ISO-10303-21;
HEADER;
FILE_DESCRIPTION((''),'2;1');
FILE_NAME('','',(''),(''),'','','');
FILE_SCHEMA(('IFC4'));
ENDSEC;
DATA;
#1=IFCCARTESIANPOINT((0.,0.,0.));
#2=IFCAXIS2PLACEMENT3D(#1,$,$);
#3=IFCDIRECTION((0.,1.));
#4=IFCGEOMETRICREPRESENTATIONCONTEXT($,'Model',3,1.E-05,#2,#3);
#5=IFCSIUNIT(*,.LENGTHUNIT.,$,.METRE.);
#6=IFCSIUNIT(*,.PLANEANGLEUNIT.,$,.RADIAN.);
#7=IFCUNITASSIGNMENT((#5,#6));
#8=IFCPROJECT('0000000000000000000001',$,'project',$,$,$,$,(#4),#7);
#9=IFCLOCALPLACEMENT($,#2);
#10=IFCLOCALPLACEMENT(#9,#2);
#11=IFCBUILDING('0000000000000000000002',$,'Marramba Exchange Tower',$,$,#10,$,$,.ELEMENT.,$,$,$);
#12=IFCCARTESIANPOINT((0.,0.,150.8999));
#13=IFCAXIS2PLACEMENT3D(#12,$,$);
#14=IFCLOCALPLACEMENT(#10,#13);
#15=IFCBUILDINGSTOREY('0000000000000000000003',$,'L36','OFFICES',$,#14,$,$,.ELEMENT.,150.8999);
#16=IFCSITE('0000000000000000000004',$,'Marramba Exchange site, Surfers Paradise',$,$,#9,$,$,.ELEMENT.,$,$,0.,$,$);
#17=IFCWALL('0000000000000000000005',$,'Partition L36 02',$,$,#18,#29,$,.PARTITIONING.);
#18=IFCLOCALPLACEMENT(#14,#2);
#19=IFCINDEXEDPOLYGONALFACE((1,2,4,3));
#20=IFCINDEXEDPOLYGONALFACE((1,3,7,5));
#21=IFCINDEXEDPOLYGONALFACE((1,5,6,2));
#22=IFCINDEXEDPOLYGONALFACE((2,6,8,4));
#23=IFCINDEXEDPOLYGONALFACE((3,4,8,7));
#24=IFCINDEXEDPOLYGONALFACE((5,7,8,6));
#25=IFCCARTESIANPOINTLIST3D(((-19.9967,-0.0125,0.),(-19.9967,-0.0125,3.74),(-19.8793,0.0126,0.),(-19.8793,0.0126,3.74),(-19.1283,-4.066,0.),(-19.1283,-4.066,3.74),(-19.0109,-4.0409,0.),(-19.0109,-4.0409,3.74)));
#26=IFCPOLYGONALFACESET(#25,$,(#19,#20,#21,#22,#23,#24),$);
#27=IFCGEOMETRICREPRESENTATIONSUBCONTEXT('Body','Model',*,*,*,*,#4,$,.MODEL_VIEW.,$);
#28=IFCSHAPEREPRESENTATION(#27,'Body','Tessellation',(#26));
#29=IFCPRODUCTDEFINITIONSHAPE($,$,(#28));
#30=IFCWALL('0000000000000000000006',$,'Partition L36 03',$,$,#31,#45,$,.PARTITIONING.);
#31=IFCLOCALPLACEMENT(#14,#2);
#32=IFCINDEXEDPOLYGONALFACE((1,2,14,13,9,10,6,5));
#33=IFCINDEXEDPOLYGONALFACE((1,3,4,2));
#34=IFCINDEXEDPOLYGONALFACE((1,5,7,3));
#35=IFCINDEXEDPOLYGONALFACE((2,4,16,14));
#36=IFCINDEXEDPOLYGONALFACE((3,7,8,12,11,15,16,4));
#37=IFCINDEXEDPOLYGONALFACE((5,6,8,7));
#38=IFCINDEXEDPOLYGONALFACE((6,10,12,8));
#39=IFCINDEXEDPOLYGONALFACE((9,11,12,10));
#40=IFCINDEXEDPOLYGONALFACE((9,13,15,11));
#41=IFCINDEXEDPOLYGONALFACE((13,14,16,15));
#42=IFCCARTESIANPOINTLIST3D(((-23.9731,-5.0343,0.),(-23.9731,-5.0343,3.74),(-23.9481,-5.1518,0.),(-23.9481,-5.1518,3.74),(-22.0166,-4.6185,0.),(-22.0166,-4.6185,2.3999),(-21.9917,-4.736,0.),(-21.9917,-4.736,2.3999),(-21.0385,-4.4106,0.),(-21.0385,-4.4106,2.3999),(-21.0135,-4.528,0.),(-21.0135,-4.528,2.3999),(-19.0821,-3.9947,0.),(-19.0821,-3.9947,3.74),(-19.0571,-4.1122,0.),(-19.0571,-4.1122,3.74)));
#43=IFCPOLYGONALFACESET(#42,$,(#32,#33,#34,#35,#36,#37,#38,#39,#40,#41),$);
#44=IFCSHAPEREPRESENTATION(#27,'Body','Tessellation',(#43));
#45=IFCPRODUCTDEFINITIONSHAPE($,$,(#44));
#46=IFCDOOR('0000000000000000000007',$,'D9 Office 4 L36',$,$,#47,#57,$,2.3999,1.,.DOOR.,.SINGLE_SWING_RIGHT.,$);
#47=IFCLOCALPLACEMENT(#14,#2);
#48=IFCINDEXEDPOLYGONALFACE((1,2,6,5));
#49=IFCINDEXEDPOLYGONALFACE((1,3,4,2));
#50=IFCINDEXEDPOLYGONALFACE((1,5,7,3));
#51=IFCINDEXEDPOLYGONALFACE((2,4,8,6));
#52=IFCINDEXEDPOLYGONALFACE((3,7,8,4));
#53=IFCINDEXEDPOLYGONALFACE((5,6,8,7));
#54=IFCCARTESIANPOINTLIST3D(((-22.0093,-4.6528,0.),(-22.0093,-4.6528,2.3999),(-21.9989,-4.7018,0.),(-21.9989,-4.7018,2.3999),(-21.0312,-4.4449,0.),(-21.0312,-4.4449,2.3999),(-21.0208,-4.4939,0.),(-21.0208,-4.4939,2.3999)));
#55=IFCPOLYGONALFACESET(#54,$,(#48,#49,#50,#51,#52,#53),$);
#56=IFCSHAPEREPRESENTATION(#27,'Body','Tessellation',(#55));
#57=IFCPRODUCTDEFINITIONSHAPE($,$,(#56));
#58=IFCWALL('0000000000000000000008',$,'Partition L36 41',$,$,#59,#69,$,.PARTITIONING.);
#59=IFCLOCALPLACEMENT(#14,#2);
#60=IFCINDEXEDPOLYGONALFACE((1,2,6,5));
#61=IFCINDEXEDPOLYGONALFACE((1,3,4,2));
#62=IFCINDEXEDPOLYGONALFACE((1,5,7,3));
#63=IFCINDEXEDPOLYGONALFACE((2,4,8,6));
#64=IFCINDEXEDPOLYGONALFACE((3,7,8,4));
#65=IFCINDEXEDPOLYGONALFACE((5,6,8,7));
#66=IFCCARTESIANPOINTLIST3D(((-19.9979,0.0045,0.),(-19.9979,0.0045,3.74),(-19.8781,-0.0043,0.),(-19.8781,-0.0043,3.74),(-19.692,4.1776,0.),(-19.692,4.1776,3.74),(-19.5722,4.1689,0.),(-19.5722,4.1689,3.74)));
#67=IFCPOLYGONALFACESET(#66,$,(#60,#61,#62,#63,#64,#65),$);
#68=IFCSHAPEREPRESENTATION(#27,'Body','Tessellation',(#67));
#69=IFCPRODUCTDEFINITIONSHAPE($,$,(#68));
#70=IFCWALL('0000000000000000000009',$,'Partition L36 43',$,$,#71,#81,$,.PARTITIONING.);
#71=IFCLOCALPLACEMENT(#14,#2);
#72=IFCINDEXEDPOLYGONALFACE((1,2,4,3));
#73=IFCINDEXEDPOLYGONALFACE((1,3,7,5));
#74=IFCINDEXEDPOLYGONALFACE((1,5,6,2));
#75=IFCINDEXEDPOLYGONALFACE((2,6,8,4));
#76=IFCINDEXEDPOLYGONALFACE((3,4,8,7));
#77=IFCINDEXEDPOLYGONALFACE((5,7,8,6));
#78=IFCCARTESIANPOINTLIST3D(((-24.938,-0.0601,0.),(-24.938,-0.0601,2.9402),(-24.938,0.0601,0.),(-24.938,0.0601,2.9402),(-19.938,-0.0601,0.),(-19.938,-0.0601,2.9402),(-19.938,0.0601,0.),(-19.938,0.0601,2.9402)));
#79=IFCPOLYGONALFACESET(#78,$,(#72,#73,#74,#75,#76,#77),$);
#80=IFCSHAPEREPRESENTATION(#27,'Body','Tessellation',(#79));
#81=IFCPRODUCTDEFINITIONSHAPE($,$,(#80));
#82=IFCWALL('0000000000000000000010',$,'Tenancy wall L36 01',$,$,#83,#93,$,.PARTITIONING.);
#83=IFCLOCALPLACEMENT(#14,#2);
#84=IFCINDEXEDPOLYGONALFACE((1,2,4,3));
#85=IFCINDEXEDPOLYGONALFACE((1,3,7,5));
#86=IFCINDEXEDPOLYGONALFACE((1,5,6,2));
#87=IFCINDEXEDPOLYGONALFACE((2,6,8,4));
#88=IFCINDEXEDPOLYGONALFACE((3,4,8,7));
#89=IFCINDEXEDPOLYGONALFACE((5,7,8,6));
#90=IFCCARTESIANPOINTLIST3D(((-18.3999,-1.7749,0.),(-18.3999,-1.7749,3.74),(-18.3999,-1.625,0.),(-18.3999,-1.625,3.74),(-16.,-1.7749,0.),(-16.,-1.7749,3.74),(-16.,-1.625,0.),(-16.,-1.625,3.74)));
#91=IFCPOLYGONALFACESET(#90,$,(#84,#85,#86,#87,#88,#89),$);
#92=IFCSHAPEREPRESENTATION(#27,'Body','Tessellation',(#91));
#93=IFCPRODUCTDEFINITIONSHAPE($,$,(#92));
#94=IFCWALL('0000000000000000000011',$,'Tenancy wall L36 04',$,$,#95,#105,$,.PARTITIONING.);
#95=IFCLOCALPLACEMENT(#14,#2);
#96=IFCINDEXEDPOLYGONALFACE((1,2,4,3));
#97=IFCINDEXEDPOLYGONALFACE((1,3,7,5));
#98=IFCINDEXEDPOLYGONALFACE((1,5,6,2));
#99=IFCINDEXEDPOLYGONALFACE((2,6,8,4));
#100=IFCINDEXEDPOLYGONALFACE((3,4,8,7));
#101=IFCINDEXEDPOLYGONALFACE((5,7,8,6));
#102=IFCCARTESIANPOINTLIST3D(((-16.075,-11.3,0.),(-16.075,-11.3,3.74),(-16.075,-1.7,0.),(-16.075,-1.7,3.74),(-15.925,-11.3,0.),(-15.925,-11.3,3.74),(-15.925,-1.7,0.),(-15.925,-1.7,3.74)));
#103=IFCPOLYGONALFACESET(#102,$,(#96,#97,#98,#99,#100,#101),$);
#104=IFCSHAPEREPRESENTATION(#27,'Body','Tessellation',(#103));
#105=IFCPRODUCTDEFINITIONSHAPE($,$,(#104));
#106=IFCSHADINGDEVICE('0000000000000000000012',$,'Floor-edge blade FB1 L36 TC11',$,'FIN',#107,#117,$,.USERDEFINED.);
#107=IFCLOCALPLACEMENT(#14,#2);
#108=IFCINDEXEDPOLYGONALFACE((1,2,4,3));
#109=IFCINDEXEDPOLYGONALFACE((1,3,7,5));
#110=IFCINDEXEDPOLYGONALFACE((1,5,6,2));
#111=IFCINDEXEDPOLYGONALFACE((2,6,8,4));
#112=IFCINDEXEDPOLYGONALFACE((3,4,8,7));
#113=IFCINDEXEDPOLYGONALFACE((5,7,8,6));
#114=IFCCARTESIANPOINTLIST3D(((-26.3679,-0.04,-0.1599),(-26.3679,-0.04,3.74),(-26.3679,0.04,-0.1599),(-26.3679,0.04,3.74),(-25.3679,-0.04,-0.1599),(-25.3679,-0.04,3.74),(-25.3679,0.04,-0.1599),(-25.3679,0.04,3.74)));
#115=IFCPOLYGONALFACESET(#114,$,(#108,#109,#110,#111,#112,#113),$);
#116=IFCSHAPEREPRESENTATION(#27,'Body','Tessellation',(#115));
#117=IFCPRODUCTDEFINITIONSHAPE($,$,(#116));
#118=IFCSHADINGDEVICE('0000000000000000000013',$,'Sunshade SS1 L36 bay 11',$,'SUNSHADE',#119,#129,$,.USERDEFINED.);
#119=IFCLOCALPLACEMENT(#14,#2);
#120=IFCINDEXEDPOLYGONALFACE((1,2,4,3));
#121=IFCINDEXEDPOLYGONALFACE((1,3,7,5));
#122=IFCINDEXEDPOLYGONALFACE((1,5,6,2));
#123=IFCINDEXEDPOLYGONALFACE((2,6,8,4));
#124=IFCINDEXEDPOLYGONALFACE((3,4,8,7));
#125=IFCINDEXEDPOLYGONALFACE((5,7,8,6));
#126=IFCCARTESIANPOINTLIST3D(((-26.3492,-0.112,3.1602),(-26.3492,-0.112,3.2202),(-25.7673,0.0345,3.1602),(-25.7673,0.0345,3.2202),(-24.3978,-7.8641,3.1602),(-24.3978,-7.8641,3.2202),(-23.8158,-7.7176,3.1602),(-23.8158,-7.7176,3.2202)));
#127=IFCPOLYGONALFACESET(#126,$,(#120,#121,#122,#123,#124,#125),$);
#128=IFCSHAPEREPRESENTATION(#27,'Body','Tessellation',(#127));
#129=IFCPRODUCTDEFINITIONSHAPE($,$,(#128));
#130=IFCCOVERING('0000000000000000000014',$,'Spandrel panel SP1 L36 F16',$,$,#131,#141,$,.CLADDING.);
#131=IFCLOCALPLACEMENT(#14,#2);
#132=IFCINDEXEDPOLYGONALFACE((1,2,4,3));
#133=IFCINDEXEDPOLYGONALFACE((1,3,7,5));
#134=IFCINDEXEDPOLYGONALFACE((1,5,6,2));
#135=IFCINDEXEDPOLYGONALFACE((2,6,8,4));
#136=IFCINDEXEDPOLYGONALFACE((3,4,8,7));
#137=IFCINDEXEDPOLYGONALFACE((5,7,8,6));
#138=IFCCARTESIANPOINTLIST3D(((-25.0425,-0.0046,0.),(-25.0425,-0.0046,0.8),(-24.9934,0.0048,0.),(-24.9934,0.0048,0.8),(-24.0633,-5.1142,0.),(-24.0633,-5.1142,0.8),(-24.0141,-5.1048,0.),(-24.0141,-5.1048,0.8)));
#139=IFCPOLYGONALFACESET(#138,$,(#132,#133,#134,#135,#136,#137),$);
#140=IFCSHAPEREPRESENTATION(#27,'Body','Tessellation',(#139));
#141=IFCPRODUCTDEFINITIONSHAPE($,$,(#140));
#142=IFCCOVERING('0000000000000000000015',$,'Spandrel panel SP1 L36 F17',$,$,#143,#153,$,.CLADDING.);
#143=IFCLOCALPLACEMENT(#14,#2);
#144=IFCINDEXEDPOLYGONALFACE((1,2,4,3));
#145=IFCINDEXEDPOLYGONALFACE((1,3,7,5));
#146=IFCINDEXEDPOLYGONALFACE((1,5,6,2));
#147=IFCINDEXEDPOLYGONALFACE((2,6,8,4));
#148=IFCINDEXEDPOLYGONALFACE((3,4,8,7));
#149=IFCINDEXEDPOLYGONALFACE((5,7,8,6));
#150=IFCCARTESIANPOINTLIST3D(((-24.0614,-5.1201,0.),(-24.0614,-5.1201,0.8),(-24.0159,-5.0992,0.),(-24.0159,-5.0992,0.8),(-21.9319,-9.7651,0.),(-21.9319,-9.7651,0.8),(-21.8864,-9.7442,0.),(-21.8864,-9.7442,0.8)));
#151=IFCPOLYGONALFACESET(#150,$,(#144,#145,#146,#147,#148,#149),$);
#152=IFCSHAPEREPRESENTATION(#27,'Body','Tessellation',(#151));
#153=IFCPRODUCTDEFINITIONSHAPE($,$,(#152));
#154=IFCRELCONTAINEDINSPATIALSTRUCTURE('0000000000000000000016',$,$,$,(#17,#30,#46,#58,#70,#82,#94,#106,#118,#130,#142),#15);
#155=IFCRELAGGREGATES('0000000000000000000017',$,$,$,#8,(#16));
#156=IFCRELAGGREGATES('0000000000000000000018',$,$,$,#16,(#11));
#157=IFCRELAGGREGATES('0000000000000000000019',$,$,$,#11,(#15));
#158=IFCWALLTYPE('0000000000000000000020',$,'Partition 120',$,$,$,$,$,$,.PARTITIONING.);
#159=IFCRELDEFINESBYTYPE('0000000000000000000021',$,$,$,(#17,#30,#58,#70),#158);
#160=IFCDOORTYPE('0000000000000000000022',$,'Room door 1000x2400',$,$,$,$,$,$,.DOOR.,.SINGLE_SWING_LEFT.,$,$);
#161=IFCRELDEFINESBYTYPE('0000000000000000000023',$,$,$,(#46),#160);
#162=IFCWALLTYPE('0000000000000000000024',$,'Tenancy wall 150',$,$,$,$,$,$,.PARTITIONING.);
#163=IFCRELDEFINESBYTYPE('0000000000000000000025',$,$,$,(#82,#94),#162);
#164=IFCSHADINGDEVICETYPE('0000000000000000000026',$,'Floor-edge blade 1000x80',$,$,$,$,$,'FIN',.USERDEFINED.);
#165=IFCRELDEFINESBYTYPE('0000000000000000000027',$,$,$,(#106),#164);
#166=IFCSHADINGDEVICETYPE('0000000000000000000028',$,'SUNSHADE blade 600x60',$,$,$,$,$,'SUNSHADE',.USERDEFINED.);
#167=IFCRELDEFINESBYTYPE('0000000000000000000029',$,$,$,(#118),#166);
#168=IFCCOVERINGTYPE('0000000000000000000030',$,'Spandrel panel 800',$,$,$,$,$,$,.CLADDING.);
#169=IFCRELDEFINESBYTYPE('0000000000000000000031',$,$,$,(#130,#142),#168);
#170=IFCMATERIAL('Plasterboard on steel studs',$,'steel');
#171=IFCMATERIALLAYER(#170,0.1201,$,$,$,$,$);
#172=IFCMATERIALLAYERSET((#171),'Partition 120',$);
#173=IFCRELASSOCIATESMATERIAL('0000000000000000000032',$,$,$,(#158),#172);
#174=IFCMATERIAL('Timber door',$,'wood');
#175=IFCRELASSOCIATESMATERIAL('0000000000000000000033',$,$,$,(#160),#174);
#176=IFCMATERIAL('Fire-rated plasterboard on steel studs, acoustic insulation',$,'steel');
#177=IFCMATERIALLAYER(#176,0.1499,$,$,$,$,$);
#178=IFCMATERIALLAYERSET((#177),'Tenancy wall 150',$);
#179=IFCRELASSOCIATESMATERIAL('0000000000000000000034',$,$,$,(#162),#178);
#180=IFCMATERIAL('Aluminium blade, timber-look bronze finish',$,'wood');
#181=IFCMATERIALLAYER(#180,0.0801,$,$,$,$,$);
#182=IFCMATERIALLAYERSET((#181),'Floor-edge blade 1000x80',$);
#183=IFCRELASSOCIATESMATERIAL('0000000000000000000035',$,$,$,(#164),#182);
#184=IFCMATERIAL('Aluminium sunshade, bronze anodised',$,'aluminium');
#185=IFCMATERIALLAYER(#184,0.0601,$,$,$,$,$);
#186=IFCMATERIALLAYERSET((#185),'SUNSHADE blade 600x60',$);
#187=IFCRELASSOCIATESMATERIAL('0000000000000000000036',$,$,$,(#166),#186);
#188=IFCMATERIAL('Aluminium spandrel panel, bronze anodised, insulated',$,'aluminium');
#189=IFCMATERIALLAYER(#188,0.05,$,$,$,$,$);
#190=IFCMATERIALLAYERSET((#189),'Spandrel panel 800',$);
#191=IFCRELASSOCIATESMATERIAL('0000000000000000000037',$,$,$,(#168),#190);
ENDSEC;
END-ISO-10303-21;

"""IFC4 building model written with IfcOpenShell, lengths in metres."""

from ifc_helpers import new_model, si_unit, direction, frame, frame_2d, origin, origin_2d, place, context, subcontext, project, spatial, rectangle, extrude, material, layer, layer_set, type_object, element, fill, save


model = new_model("IFC4")

# Units and contexts
model_context = context("Model", 3, precision=1e-05, world=origin(), true_north=direction((0.0, 1.0)))
body_context = subcontext(model_context, "Body", "Model", "MODEL_VIEW")
ifc_project = project(units=[si_unit("LENGTHUNIT", "METRE"), si_unit("PLANEANGLEUNIT", "RADIAN")], contexts=[model_context])

# Site, building, storey
site_placement = place(None, origin())
site = spatial("IfcSite", under=ifc_project, at=site_placement, Name="Marramba Exchange site, Surfers Paradise", CompositionType="ELEMENT", RefElevation=0.0)
building_placement = place(site_placement, origin())
building = spatial("IfcBuilding", under=site, at=building_placement, Name="Marramba Exchange Tower", CompositionType="ELEMENT")
storey_placement = place(building_placement, frame((0.0, 0.0, 150.8999)))
storey = spatial("IfcBuildingStorey", under=building, at=storey_placement, Name="L36", Description="OFFICES", CompositionType="ELEMENT", Elevation=150.8999)

# Wall
ifc_material_1 = material(Name="Plasterboard on steel studs", Category="steel")
ifc_layer_1 = layer(ifc_material_1, 0.1201)
ifc_layer_set_1 = layer_set([ifc_layer_1], Name="Partition 120")
wall_type_1 = type_object("IfcWallType", Name="Partition 120", PredefinedType="PARTITIONING", material=ifc_layer_set_1)
wall_1_placement = place(storey_placement, frame((-19.0696, -4.0535, 0.0), z_axis=(0.0, 0.0, 1.0), x_axis=(-0.209485, 0.977812, 0.0)))
element("IfcWall", 1, at=wall_1_placement, inside=storey, type_object=wall_type_1, Name="Partition L36 02", PredefinedType="PARTITIONING", context=body_context, shape_type="SweptSolid", body=[
    extrude(rectangle(XDim=4.1455, YDim=0.1201, at=frame_2d((2.0728, 0.0))), origin(), (0.0, 0.0, 1.0), 3.74),
])

# Wall, opening, door
wall_2_placement = place(storey_placement, frame((-23.9604, -5.093, 0.0), z_axis=(0.0, 0.0, 1.0), x_axis=(0.978149, 0.207905, 0.0)))
wall_2 = element("IfcWall", 2, at=wall_2_placement, inside=storey, type_object=wall_type_1, Name="Partition L36 03", PredefinedType="PARTITIONING", context=body_context, shape_type="SweptSolid", body=[
    extrude(rectangle(XDim=5.0002, YDim=0.1201, at=frame_2d((2.5, 0.0))), origin(), (0.0, 0.0, 1.0), 3.74),
])
opening_placement = place(wall_2_placement, frame((2.0, 0.0, 0.0)))
opening = element("IfcOpeningElement", 3, at=opening_placement, cuts=wall_2, PredefinedType="OPENING", context=body_context, shape_type="SweptSolid", body=[
    extrude(rectangle(XDim=1.0, YDim=2.3999, at=frame_2d((0.5, 1.2))), frame((0.0, 0.0701, 0.0), z_axis=(0.0, -1.0, 0.0), x_axis=(1.0, 0.0, 0.0)), (0.0, 0.0, 1.0), 0.1401),
])
ifc_material_2 = material(Name="Timber door", Category="wood")
door_type = type_object("IfcDoorType", Name="Room door 1000x2400", OperationType="SINGLE_SWING_LEFT", PredefinedType="DOOR", material=ifc_material_2)
door_placement = place(opening_placement, origin())
door = element("IfcDoor", 4, at=door_placement, inside=storey, type_object=door_type, Name="D9 Office 4 L36", OperationType="SINGLE_SWING_RIGHT", OverallHeight=2.3999, OverallWidth=1.0, PredefinedType="DOOR", context=body_context, shape_type="SweptSolid", body=[
    extrude(rectangle(XDim=1.0, YDim=2.3999, at=frame_2d((0.5, 1.2))), frame((0.0, 0.0249, 0.0), z_axis=(0.0, -1.0, 0.0), x_axis=(1.0, 0.0, 0.0)), (0.0, 0.0, 1.0), 0.05),
])
fill(opening, door)

# Walls
wall_3_placement = place(storey_placement, frame((-19.938, 0.0, 0.0), z_axis=(0.0, 0.0, 1.0), x_axis=(0.073109, 0.997324, 0.0)))
element("IfcWall", 5, at=wall_3_placement, inside=storey, type_object=wall_type_1, Name="Partition L36 41", PredefinedType="PARTITIONING", context=body_context, shape_type="SweptSolid", body=[
    extrude(rectangle(XDim=4.1843, YDim=0.1201, at=frame_2d((2.0923, 0.0))), origin(), (0.0, 0.0, 1.0), 3.74),
])
wall_4_placement = place(storey_placement, frame((-19.938, 0.0, 0.0), z_axis=(0.0, 0.0, 1.0), x_axis=(-1.0, 0.0, 0.0)))
element("IfcWall", 6, at=wall_4_placement, inside=storey, type_object=wall_type_1, Name="Partition L36 43", PredefinedType="PARTITIONING", context=body_context, shape_type="SweptSolid", body=[
    extrude(rectangle(XDim=5.0, YDim=0.1201, at=frame_2d((2.5, 0.0))), origin(), (0.0, 0.0, 1.0), 2.9402),
])
ifc_material_3 = material(Name="Fire-rated plasterboard on steel studs, acoustic insulation", Category="steel")
ifc_layer_2 = layer(ifc_material_3, 0.1499)
ifc_layer_set_2 = layer_set([ifc_layer_2], Name="Tenancy wall 150")
wall_type_2 = type_object("IfcWallType", Name="Tenancy wall 150", PredefinedType="PARTITIONING", material=ifc_layer_set_2)
wall_5_placement = place(storey_placement, frame((-18.3999, -1.7, 0.0), z_axis=(0.0, 0.0, 1.0), x_axis=(1.0, 0.0, 0.0)))
element("IfcWall", 7, at=wall_5_placement, inside=storey, type_object=wall_type_2, Name="Tenancy wall L36 01", PredefinedType="PARTITIONING", context=body_context, shape_type="SweptSolid", body=[
    extrude(rectangle(XDim=2.3999, YDim=0.1499, at=frame_2d((1.2, 0.0))), origin(), (0.0, 0.0, 1.0), 3.74),
])
wall_6_placement = place(storey_placement, frame((-16.0, -1.7, 0.0), z_axis=(0.0, 0.0, 1.0), x_axis=(0.0, -1.0, 0.0)))
element("IfcWall", 8, at=wall_6_placement, inside=storey, type_object=wall_type_2, Name="Tenancy wall L36 04", PredefinedType="PARTITIONING", context=body_context, shape_type="SweptSolid", body=[
    extrude(rectangle(XDim=9.6001, YDim=0.1499, at=frame_2d((4.8, 0.0))), origin(), (0.0, 0.0, 1.0), 3.74),
])

# Shading devices
ifc_material_4 = material(Name="Aluminium blade, timber-look bronze finish", Category="wood")
ifc_layer_3 = layer(ifc_material_4, 0.0801)
ifc_layer_set_3 = layer_set([ifc_layer_3], Name="Floor-edge blade 1000x80")
shading_device_type_1 = type_object("IfcShadingDeviceType", Name="Floor-edge blade 1000x80", ElementType="FIN", PredefinedType="USERDEFINED", material=ifc_layer_set_3)
shading_device_1_placement = place(storey_placement, frame((-25.8679, 0.0, -0.1599), z_axis=(0.0, 0.0, 1.0), x_axis=(-1.0, 0.0, 0.0)))
element("IfcShadingDevice", 9, at=shading_device_1_placement, inside=storey, type_object=shading_device_type_1, Name="Floor-edge blade FB1 L36 TC11", ObjectType="FIN", PredefinedType="USERDEFINED", context=body_context, shape_type="SweptSolid", body=[
    extrude(rectangle(XDim=1.0, YDim=0.0801, at=origin_2d()), origin(), (0.0, 0.0, 1.0), 3.8999),
])
ifc_material_5 = material(Name="Aluminium sunshade, bronze anodised", Category="aluminium")
ifc_layer_4 = layer(ifc_material_5, 0.0601)
ifc_layer_set_4 = layer_set([ifc_layer_4], Name="SUNSHADE blade 600x60")
shading_device_type_2 = type_object("IfcShadingDeviceType", Name="SUNSHADE blade 600x60", ElementType="SUNSHADE", PredefinedType="USERDEFINED", material=ifc_layer_set_4)
shading_device_2_placement = place(storey_placement, frame((-25.0825, -3.9148, 3.1602), z_axis=(0.0, 0.0, 1.0), x_axis=(0.244117, -0.969746, 0.0)))
element("IfcShadingDevice", 10, at=shading_device_2_placement, inside=storey, type_object=shading_device_type_2, Name="Sunshade SS1 L36 bay 11", ObjectType="SUNSHADE", PredefinedType="USERDEFINED", context=body_context, shape_type="SweptSolid", body=[
    extrude(rectangle(XDim=7.9939, YDim=0.6001, at=origin_2d()), origin(), (0.0, 0.0, 1.0), 0.0601),
])

# Coverings
ifc_material_6 = material(Name="Aluminium spandrel panel, bronze anodised, insulated", Category="aluminium")
ifc_layer_5 = layer(ifc_material_6, 0.05)
ifc_layer_set_5 = layer_set([ifc_layer_5], Name="Spandrel panel 800")
covering_type = type_object("IfcCoveringType", Name="Spandrel panel 800", PredefinedType="CLADDING", material=ifc_layer_set_5)
covering_1_placement = place(storey_placement, frame((-24.5283, -2.5547, 0.0), z_axis=(0.0, 0.0, 1.0), x_axis=(0.188227, -0.982126, 0.0)))
element("IfcCovering", 11, at=covering_1_placement, inside=storey, type_object=covering_type, Name="Spandrel panel SP1 L36 F16", PredefinedType="CLADDING", context=body_context, shape_type="SweptSolid", body=[
    extrude(rectangle(XDim=5.2026, YDim=0.05, at=origin_2d()), origin(), (0.0, 0.0, 1.0), 0.8),
])
covering_2_placement = place(storey_placement, frame((-22.9739, -7.4321, 0.0), z_axis=(0.0, 0.0, 1.0), x_axis=(0.416738, -0.909027, 0.0)))
element("IfcCovering", 12, at=covering_2_placement, inside=storey, type_object=covering_type, Name="Spandrel panel SP1 L36 F17", PredefinedType="CLADDING", context=body_context, shape_type="SweptSolid", body=[
    extrude(rectangle(XDim=5.1099, YDim=0.05, at=origin_2d()), origin(), (0.0, 0.0, 1.0), 0.8),
])

save(model, "model.ifc")
